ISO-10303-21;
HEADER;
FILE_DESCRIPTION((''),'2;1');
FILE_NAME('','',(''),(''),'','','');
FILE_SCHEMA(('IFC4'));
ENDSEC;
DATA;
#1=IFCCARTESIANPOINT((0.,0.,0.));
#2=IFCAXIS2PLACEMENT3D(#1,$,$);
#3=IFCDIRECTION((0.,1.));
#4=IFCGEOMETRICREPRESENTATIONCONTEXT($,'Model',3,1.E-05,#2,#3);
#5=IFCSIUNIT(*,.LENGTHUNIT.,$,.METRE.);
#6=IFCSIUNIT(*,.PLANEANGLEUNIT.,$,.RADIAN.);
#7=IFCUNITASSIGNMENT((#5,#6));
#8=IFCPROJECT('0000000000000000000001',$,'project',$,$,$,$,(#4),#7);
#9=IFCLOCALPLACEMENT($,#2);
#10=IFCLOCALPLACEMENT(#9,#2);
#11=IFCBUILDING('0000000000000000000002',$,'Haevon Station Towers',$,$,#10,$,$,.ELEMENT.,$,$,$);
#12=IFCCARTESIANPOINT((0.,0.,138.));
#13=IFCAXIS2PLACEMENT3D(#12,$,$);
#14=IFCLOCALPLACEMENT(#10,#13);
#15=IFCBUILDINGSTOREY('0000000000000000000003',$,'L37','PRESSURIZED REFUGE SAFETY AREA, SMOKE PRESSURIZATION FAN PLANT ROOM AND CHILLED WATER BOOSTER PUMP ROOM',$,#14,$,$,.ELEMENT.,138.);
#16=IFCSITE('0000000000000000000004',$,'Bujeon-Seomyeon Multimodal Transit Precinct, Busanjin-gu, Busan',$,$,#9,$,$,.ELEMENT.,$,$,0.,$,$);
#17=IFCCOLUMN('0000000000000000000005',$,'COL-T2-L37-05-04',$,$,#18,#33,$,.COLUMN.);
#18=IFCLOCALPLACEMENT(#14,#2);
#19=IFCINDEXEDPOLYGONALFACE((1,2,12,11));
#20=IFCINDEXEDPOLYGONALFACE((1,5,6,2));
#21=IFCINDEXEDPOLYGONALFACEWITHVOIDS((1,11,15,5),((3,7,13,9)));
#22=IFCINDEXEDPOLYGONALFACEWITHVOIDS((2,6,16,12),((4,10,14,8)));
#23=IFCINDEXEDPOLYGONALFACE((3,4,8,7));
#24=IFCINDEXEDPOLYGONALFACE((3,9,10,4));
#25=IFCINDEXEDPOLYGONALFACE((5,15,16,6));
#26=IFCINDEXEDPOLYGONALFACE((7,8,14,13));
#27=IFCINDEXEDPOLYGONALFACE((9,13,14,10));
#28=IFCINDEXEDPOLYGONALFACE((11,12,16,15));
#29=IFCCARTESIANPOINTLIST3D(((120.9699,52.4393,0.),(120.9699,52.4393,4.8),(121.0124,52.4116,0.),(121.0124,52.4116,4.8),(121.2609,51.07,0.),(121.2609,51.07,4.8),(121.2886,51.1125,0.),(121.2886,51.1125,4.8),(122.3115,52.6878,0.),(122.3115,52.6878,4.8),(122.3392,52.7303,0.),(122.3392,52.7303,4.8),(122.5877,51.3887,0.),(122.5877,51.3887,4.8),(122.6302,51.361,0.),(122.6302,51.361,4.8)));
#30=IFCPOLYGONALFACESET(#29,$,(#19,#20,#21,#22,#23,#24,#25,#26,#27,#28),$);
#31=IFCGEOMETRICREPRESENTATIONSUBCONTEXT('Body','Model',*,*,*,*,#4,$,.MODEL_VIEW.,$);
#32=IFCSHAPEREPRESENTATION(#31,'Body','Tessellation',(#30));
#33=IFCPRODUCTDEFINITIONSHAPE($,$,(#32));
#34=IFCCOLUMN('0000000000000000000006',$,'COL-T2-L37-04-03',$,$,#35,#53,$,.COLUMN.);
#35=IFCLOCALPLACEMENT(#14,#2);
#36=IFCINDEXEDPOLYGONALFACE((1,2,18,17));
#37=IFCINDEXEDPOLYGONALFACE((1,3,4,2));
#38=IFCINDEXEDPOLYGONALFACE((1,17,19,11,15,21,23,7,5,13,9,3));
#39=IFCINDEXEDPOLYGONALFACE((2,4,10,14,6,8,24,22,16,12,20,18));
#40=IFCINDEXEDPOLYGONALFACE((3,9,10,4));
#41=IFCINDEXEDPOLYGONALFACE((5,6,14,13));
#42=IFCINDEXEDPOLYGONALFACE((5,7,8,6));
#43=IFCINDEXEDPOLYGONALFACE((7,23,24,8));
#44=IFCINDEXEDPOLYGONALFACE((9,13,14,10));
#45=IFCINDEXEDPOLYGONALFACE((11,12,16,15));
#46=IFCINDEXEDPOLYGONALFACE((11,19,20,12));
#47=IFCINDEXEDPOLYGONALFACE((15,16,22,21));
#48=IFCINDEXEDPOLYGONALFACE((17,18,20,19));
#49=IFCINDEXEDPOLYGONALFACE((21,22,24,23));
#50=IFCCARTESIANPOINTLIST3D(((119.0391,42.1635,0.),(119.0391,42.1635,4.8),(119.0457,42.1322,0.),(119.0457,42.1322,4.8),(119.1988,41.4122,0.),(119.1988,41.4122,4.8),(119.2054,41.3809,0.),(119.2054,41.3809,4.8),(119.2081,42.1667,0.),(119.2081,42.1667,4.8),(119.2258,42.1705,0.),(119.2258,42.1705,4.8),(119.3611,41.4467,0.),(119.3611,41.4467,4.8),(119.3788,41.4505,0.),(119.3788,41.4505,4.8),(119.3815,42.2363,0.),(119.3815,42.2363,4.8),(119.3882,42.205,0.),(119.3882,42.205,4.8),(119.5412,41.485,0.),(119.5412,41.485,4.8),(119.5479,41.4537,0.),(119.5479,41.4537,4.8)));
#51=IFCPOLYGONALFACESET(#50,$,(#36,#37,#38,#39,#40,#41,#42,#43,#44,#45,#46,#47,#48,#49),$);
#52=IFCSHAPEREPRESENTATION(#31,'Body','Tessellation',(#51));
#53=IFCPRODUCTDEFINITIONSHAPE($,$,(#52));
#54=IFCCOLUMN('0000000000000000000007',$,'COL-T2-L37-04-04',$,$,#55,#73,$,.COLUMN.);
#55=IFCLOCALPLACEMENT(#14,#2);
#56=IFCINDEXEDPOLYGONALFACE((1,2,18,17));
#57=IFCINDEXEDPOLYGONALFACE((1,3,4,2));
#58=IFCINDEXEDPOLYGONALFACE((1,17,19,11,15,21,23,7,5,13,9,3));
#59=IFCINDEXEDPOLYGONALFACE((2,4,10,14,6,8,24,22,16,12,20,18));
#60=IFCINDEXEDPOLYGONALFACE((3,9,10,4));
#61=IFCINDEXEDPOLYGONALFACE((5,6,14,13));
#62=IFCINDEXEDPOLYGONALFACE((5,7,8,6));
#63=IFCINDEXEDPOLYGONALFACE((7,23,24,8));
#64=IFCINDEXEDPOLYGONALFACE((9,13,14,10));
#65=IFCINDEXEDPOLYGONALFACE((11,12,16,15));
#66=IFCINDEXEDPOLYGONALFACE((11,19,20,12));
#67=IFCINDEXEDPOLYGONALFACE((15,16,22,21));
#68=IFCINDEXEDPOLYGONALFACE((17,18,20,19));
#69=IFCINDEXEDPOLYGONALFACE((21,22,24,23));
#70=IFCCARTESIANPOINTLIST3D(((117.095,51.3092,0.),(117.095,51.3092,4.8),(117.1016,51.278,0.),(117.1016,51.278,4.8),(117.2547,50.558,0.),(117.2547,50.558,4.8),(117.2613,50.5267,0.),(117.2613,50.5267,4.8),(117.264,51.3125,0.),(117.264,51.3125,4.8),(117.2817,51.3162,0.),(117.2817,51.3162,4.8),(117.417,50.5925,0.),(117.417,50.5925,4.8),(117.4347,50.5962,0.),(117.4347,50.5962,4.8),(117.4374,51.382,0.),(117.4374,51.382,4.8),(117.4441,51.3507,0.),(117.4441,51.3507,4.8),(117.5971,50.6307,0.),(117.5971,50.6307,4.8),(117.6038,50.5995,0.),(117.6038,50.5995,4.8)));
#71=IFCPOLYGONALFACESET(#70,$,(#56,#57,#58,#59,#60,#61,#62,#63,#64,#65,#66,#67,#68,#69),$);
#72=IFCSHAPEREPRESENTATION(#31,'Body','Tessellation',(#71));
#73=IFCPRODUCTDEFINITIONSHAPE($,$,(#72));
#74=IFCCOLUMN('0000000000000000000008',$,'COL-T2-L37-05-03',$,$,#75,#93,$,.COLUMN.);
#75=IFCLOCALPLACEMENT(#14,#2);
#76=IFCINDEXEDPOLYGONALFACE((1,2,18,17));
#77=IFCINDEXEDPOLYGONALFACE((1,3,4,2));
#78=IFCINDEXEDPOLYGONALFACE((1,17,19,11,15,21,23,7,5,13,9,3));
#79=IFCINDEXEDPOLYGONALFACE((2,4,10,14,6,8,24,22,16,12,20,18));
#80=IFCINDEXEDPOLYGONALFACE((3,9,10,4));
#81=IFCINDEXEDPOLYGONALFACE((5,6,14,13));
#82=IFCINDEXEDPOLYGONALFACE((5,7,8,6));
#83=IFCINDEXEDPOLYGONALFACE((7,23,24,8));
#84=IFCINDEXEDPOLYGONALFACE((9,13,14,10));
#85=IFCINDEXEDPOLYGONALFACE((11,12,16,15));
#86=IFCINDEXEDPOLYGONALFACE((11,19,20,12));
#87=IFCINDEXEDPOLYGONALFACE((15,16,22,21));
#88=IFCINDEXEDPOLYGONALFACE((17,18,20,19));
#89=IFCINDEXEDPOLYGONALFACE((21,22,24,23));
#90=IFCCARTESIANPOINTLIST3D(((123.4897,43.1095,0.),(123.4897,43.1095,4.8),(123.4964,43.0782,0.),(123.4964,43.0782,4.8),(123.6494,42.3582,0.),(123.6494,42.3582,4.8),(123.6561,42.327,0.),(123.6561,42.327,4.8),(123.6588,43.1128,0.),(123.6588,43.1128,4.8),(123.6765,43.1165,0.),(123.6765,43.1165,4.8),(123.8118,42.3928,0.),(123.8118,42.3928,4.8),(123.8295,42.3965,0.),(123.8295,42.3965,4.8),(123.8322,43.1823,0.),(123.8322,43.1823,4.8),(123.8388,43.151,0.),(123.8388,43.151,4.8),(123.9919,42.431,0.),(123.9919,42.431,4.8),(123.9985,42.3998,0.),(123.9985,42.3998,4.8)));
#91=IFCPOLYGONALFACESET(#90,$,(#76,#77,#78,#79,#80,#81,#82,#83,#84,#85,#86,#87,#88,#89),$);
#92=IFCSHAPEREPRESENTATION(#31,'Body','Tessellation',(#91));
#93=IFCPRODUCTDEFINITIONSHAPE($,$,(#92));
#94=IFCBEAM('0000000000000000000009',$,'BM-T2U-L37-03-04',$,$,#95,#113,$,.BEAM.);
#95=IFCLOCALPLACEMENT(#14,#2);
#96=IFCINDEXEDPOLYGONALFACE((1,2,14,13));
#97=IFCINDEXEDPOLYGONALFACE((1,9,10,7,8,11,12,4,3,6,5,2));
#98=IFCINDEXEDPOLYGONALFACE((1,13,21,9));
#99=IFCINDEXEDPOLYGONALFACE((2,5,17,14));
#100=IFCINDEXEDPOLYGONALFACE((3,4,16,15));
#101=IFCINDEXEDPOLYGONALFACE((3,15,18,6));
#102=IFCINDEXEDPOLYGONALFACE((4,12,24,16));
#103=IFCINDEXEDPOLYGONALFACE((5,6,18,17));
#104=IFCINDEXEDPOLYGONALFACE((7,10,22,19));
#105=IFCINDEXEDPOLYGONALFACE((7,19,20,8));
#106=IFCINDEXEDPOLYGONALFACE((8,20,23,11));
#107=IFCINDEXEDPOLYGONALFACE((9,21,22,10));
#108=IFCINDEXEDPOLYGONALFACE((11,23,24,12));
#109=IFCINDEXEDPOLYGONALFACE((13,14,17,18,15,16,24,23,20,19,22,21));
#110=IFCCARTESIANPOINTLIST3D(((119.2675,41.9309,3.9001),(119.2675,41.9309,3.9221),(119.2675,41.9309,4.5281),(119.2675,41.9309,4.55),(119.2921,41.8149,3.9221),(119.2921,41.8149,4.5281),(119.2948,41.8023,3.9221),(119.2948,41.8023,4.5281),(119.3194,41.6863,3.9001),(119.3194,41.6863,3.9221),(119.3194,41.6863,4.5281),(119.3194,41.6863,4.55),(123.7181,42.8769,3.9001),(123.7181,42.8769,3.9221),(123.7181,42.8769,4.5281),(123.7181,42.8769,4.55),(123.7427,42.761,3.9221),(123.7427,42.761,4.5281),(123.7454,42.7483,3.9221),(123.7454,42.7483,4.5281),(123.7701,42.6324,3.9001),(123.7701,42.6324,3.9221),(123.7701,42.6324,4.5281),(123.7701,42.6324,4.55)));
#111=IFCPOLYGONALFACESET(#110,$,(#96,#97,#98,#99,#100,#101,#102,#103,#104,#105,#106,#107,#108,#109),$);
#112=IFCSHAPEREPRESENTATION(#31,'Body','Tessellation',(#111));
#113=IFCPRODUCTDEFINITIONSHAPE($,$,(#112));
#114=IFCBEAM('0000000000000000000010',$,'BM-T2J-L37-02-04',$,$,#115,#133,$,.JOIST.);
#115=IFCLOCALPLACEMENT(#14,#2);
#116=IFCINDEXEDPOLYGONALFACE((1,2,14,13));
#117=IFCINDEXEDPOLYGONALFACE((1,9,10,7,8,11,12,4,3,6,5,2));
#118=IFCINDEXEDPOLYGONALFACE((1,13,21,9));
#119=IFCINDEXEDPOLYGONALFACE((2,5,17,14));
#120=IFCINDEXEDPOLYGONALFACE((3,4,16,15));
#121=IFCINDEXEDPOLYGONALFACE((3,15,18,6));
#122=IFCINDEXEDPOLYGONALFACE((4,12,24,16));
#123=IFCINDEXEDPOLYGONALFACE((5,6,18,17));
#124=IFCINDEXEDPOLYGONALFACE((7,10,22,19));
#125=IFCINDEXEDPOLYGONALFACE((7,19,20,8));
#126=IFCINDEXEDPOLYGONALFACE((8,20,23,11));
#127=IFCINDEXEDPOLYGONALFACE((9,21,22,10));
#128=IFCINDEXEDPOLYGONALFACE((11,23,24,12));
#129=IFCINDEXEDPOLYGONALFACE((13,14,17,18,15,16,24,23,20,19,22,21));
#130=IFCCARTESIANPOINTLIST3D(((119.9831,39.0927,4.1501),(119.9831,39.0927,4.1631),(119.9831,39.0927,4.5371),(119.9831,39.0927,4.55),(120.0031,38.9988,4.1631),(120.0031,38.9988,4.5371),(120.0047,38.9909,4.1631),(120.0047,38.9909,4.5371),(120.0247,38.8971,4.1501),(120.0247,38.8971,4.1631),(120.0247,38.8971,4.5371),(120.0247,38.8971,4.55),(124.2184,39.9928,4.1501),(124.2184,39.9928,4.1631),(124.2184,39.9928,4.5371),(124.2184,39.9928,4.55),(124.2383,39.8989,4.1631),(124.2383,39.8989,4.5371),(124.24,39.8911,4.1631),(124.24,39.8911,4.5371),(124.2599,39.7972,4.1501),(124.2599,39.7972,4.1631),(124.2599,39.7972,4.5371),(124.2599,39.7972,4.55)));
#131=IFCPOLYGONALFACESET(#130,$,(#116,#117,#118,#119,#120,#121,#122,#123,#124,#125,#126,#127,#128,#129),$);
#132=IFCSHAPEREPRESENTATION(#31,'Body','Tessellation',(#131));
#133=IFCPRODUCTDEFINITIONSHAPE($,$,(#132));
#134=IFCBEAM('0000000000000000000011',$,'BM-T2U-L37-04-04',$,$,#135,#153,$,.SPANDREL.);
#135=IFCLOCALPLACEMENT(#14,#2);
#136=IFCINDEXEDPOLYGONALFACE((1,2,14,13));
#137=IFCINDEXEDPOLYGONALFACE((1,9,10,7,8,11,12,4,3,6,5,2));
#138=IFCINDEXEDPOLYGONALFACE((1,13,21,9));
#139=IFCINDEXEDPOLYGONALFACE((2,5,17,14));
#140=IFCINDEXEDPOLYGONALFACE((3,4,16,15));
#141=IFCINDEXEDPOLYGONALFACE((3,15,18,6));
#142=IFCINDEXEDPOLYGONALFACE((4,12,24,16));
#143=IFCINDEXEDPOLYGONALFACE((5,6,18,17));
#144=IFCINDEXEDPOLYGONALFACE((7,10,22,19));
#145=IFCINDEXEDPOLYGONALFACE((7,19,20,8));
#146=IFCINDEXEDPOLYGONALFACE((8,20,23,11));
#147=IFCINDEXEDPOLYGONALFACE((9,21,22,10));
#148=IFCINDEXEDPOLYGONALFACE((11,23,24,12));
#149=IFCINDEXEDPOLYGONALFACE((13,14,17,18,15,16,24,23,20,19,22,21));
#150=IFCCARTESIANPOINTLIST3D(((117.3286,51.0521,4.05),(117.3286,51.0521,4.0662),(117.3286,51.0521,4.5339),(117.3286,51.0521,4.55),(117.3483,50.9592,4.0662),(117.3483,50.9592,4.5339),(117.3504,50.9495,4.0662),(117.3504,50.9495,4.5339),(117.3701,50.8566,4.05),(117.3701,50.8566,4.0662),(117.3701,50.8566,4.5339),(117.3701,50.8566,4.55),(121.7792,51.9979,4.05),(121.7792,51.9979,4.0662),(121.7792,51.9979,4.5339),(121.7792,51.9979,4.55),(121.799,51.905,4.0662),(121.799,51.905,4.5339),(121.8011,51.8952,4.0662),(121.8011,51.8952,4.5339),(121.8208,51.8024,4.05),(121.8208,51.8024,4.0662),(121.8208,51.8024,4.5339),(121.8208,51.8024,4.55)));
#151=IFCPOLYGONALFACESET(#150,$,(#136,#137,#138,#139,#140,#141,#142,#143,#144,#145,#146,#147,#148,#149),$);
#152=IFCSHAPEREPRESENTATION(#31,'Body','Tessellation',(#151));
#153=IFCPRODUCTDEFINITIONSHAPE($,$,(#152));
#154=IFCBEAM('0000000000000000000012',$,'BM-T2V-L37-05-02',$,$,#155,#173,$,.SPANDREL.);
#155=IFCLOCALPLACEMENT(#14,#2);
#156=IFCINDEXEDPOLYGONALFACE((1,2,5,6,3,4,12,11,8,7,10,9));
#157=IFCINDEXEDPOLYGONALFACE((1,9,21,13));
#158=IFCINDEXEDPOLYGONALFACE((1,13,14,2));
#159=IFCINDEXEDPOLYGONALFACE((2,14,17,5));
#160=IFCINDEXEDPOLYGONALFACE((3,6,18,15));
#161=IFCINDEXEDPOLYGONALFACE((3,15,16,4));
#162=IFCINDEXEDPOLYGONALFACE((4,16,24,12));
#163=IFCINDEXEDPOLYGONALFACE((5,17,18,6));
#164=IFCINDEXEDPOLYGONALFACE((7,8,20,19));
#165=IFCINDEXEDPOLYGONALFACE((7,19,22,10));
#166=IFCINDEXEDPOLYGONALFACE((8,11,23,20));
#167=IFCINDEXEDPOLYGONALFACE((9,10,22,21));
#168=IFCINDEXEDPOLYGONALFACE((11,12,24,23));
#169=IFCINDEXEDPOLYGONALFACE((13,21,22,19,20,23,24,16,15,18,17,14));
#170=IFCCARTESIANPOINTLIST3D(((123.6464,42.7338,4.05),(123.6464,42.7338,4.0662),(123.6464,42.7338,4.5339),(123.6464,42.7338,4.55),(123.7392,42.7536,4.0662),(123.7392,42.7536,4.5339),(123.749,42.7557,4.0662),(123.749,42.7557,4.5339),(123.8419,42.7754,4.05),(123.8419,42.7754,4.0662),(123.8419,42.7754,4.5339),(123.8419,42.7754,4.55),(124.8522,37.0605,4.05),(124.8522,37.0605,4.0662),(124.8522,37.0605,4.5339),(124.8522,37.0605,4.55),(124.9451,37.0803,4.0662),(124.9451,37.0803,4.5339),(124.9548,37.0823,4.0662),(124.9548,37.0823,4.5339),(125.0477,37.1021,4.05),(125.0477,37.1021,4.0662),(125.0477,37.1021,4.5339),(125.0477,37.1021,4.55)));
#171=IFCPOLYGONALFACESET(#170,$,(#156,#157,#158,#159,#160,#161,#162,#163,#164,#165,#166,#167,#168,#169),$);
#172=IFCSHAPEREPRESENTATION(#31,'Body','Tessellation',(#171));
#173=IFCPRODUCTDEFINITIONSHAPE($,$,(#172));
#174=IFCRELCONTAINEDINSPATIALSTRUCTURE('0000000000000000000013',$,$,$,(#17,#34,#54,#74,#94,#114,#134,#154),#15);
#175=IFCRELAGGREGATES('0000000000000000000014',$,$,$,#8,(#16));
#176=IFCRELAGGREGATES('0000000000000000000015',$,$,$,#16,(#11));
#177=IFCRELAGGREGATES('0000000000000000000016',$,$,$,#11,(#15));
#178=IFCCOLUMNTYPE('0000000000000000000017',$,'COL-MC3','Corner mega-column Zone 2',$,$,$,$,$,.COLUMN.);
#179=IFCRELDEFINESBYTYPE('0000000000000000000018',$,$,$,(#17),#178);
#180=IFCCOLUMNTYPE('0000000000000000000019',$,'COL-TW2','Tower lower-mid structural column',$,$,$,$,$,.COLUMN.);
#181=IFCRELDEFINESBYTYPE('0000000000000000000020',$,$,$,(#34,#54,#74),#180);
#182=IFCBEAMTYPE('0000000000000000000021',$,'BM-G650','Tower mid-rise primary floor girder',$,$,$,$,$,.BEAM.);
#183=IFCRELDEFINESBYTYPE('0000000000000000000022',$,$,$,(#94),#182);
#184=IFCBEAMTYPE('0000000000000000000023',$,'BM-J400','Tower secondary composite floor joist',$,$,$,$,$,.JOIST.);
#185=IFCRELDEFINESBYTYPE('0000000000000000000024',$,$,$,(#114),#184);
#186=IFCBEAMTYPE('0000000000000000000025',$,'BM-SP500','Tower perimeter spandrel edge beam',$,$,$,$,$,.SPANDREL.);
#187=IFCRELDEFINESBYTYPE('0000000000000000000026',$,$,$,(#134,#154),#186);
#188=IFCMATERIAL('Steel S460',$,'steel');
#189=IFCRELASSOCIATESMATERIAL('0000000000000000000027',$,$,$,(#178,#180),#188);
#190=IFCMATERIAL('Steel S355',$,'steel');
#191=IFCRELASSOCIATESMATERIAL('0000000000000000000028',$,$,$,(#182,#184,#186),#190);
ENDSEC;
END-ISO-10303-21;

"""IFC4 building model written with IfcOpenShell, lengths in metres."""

from ifc_helpers import new_model, si_unit, direction, frame, origin, origin_2d, place, context, subcontext, project, spatial, hollow_rectangle, i_section, extrude, material, material_profile, profile_set, type_object, element, save


model = new_model("IFC4")

# Units and contexts
model_context = context("Model", 3, precision=1e-05, world=origin(), true_north=direction((0.0, 1.0)))
body_context = subcontext(model_context, "Body", "Model", "MODEL_VIEW")
ifc_project = project(units=[si_unit("LENGTHUNIT", "METRE"), si_unit("PLANEANGLEUNIT", "RADIAN")], contexts=[model_context])

# Site, building, storey
site_placement = place(None, origin())
site = spatial("IfcSite", under=ifc_project, at=site_placement, Name="Bujeon-Seomyeon Multimodal Transit Precinct, Busanjin-gu, Busan", CompositionType="ELEMENT", RefElevation=0.0)
building_placement = place(site_placement, origin())
building = spatial("IfcBuilding", under=site, at=building_placement, Name="Haevon Station Towers", CompositionType="ELEMENT")
storey_placement = place(building_placement, frame((0.0, 0.0, 138.0)))
storey = spatial("IfcBuildingStorey", under=building, at=storey_placement, Name="L37", Description="PRESSURIZED REFUGE SAFETY AREA, SMOKE PRESSURIZATION FAN PLANT ROOM AND CHILLED WATER BOOSTER PUMP ROOM", CompositionType="ELEMENT", Elevation=138.0)

# Columns
ifc_material_1 = material(Name="Steel S460", Category="steel")
ifc_material_profile_1 = material_profile(ifc_material_1, hollow_rectangle(XDim=1.3999, YDim=1.3999, WallThickness=0.0359, at=origin_2d()), Name="BOX-1400x1400x36")
ifc_profile_set_1 = profile_set([ifc_material_profile_1], Name="Steel S460")
column_type_1 = type_object("IfcColumnType", Name="COL-MC3", Description="Corner mega-column Zone 2", PredefinedType="COLUMN", material=ifc_profile_set_1)
column_placement = place(storey_placement, frame((121.8, 51.9001, 0.0), z_axis=(0.0, 0.0, 1.0), x_axis=(0.978148, 0.207912, 0.0)))
element("IfcColumn", 1, at=column_placement, inside=storey, type_object=column_type_1, Name="COL-T2-L37-05-04", PredefinedType="COLUMN", context=body_context, shape_type="SweptSolid", body=[
    extrude(hollow_rectangle(XDim=1.3999, YDim=1.3999, WallThickness=0.0359, at=origin_2d()), origin(), (0.0, 0.0, 1.0), 4.8),
])
ifc_material_profile_2 = material_profile(ifc_material_1, i_section(OverallWidth=0.3501, OverallDepth=0.8, WebThickness=0.0181, FlangeThickness=0.032, at=origin_2d()), Name="H-800x350x18x32")
ifc_profile_set_2 = profile_set([ifc_material_profile_2], Name="Steel S460")
column_type_2 = type_object("IfcColumnType", Name="COL-TW2", Description="Tower lower-mid structural column", PredefinedType="COLUMN", material=ifc_profile_set_2)
for number, where, z_axis, x_axis, name in (
    (2, (119.2935, 41.8086, 0.0), (0.0, 0.0, 1.0), (0.978148, 0.207912, 0.0), "COL-T2-L37-04-03"),
    (3, (117.3494, 50.9543, 0.0), (0.0, 0.0, 1.0), (0.978148, 0.207912, 0.0), "COL-T2-L37-04-04"),
    (4, (123.7441, 42.7546, 0.0), (0.0, 0.0, 1.0), (0.978148, 0.207912, 0.0), "COL-T2-L37-05-03"),
):
    element("IfcColumn", number, at=place(storey_placement, frame(where, z_axis=z_axis, x_axis=x_axis)), inside=storey, type_object=column_type_2, Name=name, PredefinedType="COLUMN", context=body_context, shape_type="SweptSolid", body=[
        extrude(i_section(OverallWidth=0.3501, OverallDepth=0.8, WebThickness=0.0181, FlangeThickness=0.032, at=origin_2d()), origin(), (0.0, 0.0, 1.0), 4.8),
    ])

# Beams
ifc_material_2 = material(Name="Steel S355", Category="steel")
ifc_material_profile_3 = material_profile(ifc_material_2, i_section(OverallWidth=0.25, OverallDepth=0.6499, WebThickness=0.0129, FlangeThickness=0.022, at=origin_2d()), Name="H-650x250x13x22")
ifc_profile_set_3 = profile_set([ifc_material_profile_3], Name="Steel S355")
beam_type_1 = type_object("IfcBeamType", Name="BM-G650", Description="Tower mid-rise primary floor girder", PredefinedType="BEAM", material=ifc_profile_set_3)
beam_1_placement = place(storey_placement, frame((119.2935, 41.8086, 4.2251), z_axis=(0.978147, 0.207917, 0.0), x_axis=(-0.207917, 0.978147, 0.0)))
element("IfcBeam", 5, at=beam_1_placement, inside=storey, type_object=beam_type_1, Name="BM-T2U-L37-03-04", PredefinedType="BEAM", context=body_context, shape_type="SweptSolid", body=[
    extrude(i_section(OverallWidth=0.25, OverallDepth=0.6499, WebThickness=0.0129, FlangeThickness=0.022, at=origin_2d()), origin(), (0.0, 0.0, 1.0), 4.55),
])
ifc_material_profile_4 = material_profile(ifc_material_2, i_section(OverallWidth=0.2, OverallDepth=0.3999, WebThickness=0.0081, FlangeThickness=0.0129, at=origin_2d()), Name="H-400x200x8x13")
ifc_profile_set_4 = profile_set([ifc_material_profile_4], Name="Steel S355")
beam_type_2 = type_object("IfcBeamType", Name="BM-J400", Description="Tower secondary composite floor joist", PredefinedType="JOIST", material=ifc_profile_set_4)
beam_2_placement = place(storey_placement, frame((120.0039, 38.9949, 4.3501), z_axis=(0.978153, 0.207888, 0.0), x_axis=(-0.207888, 0.978153, 0.0)))
element("IfcBeam", 6, at=beam_2_placement, inside=storey, type_object=beam_type_2, Name="BM-T2J-L37-02-04", PredefinedType="JOIST", context=body_context, shape_type="SweptSolid", body=[
    extrude(i_section(OverallWidth=0.2, OverallDepth=0.3999, WebThickness=0.0081, FlangeThickness=0.0129, at=origin_2d()), origin(), (0.0, 0.0, 1.0), 4.3298),
])
ifc_material_profile_5 = material_profile(ifc_material_2, i_section(OverallWidth=0.2, OverallDepth=0.5, WebThickness=0.01, FlangeThickness=0.0161, at=origin_2d()), Name="H-500x200x10x16")
ifc_profile_set_5 = profile_set([ifc_material_profile_5], Name="Steel S355")
beam_type_3 = type_object("IfcBeamType", Name="BM-SP500", Description="Tower perimeter spandrel edge beam", PredefinedType="SPANDREL", material=ifc_profile_set_5)
beam_3_placement = place(storey_placement, frame((117.3494, 50.9543, 4.3), z_axis=(0.978157, 0.207865, 0.0), x_axis=(-0.207865, 0.978157, 0.0)))
element("IfcBeam", 7, at=beam_3_placement, inside=storey, type_object=beam_type_3, Name="BM-T2U-L37-04-04", PredefinedType="SPANDREL", context=body_context, shape_type="SweptSolid", body=[
    extrude(i_section(OverallWidth=0.2, OverallDepth=0.5, WebThickness=0.01, FlangeThickness=0.0161, at=origin_2d()), origin(), (0.0, 0.0, 1.0), 4.55),
])
beam_4_placement = place(storey_placement, frame((124.95, 37.0813, 4.3), z_axis=(-0.207896, 0.978151, 0.0), x_axis=(-0.978151, -0.207896, 0.0)))
element("IfcBeam", 8, at=beam_4_placement, inside=storey, type_object=beam_type_3, Name="BM-T2V-L37-05-02", PredefinedType="SPANDREL", context=body_context, shape_type="SweptSolid", body=[
    extrude(i_section(OverallWidth=0.2, OverallDepth=0.5, WebThickness=0.01, FlangeThickness=0.0161, at=origin_2d()), origin(), (0.0, 0.0, 1.0), 5.8),
])

save(model, "model.ifc")
